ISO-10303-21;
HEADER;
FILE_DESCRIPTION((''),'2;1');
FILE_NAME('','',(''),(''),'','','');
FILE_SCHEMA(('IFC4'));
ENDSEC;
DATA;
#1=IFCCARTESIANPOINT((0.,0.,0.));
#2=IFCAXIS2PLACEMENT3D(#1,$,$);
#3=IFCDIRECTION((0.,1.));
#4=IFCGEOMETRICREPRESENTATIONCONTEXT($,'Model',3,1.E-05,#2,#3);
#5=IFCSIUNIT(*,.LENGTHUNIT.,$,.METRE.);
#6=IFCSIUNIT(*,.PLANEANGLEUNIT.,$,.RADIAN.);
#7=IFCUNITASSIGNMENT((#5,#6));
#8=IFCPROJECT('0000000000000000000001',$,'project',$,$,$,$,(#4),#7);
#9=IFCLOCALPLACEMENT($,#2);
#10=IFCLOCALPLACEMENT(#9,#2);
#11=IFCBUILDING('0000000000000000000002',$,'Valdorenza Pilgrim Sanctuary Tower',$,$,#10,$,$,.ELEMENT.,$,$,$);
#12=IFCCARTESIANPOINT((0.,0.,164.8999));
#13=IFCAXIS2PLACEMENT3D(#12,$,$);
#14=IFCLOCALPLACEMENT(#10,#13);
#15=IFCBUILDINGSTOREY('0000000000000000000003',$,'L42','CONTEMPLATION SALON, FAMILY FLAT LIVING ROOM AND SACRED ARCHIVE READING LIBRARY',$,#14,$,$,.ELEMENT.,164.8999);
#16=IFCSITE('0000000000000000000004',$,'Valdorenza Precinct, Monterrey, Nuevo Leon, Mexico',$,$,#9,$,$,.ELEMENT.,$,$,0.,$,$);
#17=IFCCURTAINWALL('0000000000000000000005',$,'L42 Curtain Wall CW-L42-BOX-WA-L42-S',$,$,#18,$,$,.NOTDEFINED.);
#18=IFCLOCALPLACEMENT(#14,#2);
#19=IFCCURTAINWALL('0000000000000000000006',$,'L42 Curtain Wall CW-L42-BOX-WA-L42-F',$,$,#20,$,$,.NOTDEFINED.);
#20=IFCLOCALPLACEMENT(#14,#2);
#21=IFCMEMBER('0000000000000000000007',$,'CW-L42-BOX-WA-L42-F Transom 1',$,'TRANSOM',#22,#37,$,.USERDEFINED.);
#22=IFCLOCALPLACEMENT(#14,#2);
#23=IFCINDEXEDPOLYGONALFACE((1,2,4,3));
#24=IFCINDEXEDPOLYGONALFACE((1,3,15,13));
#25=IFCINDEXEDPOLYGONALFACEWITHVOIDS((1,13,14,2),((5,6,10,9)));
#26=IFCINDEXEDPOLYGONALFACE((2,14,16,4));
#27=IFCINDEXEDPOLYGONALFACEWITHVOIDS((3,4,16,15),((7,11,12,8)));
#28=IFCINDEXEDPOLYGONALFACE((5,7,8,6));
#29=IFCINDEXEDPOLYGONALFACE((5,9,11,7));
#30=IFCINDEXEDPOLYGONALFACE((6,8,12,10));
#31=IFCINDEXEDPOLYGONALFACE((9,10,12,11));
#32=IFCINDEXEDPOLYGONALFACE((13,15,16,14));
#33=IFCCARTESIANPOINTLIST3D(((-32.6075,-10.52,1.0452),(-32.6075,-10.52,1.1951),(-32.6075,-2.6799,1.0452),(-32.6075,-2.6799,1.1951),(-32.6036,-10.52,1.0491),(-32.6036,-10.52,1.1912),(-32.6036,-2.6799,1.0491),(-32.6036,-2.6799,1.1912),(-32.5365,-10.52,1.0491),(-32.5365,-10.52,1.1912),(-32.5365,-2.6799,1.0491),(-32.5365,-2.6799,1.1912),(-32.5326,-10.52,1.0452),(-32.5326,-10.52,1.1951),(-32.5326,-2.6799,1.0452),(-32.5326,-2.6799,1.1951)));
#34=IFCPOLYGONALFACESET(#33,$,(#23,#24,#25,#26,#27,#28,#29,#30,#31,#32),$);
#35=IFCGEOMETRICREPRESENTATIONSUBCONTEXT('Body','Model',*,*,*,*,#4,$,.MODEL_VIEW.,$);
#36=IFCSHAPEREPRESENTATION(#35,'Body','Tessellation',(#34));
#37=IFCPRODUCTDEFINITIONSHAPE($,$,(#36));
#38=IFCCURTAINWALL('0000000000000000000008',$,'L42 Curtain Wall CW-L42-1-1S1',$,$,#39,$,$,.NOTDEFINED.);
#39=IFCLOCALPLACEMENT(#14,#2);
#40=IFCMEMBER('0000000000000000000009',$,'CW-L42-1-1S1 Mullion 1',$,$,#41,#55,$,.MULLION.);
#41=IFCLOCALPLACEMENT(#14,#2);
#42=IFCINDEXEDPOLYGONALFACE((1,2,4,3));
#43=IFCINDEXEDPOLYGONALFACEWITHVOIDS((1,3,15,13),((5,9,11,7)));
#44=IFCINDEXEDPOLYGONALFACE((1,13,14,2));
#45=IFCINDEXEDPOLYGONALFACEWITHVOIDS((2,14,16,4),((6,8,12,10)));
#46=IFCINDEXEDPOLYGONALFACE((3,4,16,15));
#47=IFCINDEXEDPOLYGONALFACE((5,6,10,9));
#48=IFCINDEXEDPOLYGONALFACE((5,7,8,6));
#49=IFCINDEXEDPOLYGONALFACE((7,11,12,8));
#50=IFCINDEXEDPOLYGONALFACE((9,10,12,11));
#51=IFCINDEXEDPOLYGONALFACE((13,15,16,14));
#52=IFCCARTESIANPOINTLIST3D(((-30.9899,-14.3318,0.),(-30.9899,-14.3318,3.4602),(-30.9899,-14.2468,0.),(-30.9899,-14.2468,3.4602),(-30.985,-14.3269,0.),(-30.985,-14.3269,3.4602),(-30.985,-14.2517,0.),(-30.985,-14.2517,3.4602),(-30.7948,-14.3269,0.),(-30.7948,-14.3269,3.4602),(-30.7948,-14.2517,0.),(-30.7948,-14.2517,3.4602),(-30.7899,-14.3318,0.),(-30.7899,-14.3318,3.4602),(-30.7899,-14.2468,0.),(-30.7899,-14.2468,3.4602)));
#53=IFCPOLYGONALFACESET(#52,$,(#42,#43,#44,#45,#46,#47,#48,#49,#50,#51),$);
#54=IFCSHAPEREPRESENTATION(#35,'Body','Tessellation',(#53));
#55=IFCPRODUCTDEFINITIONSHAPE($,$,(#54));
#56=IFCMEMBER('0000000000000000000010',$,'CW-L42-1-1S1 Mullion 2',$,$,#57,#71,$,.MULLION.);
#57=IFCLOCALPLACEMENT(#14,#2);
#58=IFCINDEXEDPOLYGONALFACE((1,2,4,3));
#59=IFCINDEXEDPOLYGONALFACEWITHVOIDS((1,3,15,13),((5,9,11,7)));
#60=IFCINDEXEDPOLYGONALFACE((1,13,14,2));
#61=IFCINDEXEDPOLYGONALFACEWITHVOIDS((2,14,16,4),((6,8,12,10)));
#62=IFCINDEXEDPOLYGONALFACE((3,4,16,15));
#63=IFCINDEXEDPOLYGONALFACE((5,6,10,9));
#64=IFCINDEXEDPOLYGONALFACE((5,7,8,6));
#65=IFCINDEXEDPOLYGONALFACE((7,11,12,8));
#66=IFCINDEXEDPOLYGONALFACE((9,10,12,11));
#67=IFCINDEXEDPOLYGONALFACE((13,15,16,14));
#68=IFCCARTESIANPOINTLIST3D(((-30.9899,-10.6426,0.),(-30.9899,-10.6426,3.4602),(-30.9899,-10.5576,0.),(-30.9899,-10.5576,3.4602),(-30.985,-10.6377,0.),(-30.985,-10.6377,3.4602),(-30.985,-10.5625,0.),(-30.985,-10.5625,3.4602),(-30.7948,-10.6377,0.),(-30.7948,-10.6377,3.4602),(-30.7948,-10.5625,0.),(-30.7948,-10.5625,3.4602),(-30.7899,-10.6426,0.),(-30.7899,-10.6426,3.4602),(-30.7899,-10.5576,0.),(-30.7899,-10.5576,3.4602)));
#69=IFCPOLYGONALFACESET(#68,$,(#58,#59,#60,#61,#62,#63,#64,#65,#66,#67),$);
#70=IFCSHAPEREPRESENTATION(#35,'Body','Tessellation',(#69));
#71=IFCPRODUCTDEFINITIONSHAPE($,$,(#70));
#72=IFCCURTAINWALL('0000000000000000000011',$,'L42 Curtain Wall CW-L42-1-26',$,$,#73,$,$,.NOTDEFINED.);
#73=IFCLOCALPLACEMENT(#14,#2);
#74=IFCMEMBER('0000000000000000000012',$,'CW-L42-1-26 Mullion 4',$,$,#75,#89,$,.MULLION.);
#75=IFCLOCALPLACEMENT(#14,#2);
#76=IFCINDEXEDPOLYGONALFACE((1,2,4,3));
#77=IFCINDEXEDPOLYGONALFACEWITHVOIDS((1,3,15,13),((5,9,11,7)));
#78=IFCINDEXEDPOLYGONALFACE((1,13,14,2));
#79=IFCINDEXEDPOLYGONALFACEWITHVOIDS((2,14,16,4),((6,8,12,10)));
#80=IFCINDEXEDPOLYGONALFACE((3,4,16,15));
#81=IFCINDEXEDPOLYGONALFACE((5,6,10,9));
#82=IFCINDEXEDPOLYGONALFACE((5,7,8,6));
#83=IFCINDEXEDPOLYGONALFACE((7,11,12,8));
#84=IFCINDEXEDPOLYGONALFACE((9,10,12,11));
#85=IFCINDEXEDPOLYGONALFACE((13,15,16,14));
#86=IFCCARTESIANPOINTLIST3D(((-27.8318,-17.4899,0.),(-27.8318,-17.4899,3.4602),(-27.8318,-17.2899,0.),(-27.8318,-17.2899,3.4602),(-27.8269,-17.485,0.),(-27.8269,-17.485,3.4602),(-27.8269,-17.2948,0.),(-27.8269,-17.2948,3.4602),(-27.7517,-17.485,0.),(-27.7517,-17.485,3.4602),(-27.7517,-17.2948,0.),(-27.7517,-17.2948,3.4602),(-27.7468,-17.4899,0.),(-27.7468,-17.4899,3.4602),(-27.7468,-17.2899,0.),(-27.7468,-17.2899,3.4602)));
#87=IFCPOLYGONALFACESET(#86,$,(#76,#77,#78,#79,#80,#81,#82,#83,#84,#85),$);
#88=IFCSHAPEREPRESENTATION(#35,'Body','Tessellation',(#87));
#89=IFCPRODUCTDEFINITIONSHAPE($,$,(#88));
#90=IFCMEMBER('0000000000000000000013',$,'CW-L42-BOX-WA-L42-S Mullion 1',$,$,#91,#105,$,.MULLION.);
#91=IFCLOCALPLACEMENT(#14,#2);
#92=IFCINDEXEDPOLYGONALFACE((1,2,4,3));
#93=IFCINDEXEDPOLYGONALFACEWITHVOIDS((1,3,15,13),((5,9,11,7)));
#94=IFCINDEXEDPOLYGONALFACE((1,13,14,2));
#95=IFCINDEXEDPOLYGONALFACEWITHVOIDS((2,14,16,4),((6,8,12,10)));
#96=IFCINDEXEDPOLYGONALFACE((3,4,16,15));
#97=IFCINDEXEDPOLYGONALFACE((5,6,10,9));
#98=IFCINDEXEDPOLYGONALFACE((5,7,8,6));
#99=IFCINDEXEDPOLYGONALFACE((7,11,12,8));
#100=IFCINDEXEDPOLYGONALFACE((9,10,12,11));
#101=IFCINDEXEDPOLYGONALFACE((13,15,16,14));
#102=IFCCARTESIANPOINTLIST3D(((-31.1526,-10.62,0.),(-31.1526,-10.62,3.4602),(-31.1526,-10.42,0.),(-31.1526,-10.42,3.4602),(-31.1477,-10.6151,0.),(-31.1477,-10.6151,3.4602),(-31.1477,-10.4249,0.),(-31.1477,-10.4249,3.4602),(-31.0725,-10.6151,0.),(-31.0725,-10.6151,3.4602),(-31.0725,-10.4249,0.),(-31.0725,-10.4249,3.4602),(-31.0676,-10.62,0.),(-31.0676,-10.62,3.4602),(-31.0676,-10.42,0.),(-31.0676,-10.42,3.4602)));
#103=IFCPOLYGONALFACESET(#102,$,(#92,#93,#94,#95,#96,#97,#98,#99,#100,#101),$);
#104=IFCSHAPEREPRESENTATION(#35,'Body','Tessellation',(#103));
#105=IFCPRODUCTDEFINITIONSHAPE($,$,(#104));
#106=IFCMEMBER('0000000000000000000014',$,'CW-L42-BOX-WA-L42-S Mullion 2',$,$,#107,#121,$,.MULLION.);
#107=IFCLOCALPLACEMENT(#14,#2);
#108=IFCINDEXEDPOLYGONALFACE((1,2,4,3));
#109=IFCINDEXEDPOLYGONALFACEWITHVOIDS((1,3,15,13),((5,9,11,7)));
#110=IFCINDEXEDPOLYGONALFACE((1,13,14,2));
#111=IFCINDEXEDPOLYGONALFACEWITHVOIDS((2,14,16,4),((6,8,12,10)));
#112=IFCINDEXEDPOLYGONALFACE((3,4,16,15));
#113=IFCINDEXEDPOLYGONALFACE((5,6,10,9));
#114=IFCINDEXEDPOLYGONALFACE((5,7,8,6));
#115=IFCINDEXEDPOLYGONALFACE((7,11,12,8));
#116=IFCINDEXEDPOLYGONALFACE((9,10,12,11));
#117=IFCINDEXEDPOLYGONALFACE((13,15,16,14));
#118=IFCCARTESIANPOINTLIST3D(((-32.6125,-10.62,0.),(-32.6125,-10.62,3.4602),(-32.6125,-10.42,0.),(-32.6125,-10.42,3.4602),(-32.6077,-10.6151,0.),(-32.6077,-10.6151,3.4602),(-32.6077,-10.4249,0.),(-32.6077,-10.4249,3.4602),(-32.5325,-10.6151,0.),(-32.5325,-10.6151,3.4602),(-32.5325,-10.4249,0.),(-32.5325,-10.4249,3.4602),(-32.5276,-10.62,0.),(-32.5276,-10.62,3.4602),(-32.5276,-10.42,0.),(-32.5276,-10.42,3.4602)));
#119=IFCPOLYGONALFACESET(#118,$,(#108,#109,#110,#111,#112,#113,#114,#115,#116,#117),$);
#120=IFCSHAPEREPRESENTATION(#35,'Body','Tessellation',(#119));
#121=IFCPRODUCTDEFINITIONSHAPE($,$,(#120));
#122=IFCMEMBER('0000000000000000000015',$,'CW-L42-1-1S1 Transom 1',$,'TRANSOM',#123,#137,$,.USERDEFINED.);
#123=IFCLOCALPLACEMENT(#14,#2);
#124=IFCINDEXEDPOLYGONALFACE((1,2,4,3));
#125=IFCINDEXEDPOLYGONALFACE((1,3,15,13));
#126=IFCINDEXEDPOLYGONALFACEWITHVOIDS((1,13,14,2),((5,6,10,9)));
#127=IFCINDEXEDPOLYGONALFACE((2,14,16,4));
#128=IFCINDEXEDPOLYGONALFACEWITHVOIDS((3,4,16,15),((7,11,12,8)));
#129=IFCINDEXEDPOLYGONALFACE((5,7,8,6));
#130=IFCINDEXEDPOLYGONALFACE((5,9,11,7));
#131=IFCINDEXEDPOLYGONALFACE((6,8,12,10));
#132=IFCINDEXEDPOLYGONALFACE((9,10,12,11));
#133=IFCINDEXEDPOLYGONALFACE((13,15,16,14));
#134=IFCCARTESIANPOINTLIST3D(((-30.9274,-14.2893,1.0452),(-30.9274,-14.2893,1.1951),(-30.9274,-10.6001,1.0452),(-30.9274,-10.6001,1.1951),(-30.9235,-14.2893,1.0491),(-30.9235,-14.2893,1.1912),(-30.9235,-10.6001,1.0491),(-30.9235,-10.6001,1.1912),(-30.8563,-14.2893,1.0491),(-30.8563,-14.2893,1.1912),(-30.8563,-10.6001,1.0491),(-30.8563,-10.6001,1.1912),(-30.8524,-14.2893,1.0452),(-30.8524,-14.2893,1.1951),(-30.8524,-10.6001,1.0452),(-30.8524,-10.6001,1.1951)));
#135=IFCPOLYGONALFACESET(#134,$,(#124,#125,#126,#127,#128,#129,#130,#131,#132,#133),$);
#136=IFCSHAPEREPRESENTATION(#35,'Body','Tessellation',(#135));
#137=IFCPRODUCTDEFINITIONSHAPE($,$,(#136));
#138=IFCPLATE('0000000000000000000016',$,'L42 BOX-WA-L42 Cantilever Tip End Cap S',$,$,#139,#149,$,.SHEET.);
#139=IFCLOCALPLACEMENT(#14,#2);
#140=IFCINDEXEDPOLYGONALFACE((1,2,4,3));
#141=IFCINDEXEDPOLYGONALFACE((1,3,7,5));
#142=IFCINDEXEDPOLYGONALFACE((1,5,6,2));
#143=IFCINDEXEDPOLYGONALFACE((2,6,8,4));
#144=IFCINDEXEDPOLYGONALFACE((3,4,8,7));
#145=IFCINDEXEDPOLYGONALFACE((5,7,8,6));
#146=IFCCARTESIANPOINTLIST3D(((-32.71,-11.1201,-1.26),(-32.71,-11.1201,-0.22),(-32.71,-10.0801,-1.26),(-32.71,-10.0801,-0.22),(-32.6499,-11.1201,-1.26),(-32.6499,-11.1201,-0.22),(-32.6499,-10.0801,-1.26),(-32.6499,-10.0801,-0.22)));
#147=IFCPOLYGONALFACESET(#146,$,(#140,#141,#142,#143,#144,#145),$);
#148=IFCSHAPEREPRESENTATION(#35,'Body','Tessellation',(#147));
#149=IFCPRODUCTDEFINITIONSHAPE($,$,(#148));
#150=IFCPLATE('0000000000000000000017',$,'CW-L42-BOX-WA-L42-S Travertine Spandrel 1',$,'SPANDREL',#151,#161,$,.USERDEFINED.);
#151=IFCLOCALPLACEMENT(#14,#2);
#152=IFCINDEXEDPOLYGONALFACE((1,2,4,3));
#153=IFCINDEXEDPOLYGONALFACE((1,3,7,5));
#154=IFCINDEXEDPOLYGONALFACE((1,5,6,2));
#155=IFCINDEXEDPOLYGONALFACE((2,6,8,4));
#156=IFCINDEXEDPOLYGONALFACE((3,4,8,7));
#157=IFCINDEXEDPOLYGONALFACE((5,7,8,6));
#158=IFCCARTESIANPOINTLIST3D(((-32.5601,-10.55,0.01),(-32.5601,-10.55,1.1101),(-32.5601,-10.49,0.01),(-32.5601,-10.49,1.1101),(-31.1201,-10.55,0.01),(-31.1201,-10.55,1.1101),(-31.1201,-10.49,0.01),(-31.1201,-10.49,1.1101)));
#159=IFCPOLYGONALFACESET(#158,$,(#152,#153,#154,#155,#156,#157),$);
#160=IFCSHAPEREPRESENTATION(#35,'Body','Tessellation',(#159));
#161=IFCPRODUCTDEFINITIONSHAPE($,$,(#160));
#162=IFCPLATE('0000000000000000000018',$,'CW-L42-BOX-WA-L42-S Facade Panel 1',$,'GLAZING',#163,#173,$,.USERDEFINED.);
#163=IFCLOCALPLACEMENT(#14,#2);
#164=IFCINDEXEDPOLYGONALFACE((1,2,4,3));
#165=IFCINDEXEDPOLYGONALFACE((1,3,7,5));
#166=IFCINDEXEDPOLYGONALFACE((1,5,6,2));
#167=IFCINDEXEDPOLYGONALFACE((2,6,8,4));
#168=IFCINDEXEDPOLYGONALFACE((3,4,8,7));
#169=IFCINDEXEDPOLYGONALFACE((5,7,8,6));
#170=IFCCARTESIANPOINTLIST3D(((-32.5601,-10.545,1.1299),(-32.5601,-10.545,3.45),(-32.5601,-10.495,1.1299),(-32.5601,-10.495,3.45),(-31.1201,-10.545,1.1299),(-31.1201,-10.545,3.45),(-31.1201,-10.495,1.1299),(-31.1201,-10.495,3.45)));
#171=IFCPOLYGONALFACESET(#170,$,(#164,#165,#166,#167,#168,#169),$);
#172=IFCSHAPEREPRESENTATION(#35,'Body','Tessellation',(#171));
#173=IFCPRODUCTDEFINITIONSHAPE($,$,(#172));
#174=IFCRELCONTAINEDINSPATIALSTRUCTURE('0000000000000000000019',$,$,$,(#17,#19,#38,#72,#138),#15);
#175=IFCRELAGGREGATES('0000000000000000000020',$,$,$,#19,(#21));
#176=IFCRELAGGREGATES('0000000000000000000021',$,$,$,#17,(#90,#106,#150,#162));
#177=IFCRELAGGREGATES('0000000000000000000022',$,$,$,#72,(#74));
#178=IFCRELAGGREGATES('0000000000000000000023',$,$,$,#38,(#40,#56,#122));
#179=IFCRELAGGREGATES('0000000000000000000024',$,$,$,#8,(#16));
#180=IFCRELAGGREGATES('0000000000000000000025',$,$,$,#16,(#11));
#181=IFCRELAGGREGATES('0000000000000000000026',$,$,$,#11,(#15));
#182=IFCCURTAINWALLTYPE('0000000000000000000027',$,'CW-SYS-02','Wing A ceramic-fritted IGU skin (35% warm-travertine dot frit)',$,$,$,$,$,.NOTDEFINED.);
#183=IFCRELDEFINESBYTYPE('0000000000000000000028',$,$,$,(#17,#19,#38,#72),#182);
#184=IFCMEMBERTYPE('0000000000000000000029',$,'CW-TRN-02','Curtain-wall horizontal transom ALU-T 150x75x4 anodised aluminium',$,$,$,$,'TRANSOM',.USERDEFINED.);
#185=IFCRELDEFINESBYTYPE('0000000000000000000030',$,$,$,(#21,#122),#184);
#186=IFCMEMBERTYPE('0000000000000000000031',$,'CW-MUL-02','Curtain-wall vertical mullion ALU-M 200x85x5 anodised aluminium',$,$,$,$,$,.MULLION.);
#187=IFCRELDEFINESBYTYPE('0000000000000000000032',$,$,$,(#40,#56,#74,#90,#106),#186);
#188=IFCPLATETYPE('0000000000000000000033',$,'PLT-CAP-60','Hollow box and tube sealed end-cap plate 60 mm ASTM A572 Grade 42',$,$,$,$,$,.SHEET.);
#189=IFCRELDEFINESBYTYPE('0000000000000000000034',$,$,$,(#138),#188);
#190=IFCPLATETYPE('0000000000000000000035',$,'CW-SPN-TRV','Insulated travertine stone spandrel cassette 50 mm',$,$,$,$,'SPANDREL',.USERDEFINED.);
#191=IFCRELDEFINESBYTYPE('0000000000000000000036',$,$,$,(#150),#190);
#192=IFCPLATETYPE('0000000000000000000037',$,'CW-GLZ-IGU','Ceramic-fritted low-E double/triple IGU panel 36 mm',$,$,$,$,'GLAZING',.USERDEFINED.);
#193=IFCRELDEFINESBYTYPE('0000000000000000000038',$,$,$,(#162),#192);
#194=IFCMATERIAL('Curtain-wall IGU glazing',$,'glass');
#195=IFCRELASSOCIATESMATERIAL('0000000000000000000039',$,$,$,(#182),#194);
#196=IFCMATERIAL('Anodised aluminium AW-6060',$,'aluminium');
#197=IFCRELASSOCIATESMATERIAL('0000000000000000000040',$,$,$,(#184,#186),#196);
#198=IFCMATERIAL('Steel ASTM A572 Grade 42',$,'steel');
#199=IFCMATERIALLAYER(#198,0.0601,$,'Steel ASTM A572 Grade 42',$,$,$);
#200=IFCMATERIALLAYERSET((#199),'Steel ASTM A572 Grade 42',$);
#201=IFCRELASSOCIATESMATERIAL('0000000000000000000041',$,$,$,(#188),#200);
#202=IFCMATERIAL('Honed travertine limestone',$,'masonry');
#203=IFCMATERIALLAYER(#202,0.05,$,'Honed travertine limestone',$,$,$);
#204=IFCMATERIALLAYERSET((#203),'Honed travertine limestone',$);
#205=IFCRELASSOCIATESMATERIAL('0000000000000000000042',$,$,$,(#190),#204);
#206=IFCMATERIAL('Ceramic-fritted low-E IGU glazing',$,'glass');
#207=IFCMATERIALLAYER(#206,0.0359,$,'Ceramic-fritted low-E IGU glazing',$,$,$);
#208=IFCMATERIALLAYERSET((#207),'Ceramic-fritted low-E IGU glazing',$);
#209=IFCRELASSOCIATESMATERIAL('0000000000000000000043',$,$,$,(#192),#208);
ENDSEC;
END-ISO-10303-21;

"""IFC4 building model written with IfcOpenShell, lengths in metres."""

from ifc_helpers import new_model, si_unit, direction, frame, origin, origin_2d, place, context, subcontext, project, spatial, rectangle, hollow_rectangle, extrude, source, transform, mapped, material, layer, layer_set, material_profile, profile_set, type_object, element, aggregate, save


model = new_model("IFC4")

# Units and contexts
model_context = context("Model", 3, precision=1e-05, world=origin(), true_north=direction((0.0, 1.0)))
body_context = subcontext(model_context, "Body", "Model", "MODEL_VIEW")
ifc_project = project(units=[si_unit("LENGTHUNIT", "METRE"), si_unit("PLANEANGLEUNIT", "RADIAN")], contexts=[model_context])

# Site, building, storey
site_placement = place(None, origin())
site = spatial("IfcSite", under=ifc_project, at=site_placement, Name="Valdorenza Precinct, Monterrey, Nuevo Leon, Mexico", CompositionType="ELEMENT", RefElevation=0.0)
building_placement = place(site_placement, origin())
building = spatial("IfcBuilding", under=site, at=building_placement, Name="Valdorenza Pilgrim Sanctuary Tower", CompositionType="ELEMENT")
storey_placement = place(building_placement, frame((0.0, 0.0, 164.8999)))
storey = spatial("IfcBuildingStorey", under=building, at=storey_placement, Name="L42", Description="CONTEMPLATION SALON, FAMILY FLAT LIVING ROOM AND SACRED ARCHIVE READING LIBRARY", CompositionType="ELEMENT", Elevation=164.8999)

# Shared definitions
ifc_material_1 = material(Name="Steel ASTM A572 Grade 42", Category="steel")

# Curtain walls, member
ifc_material_2 = material(Name="Curtain-wall IGU glazing", Category="glass")
curtain_wall_type = type_object("IfcCurtainWallType", Name="CW-SYS-02", Description="Wing A ceramic-fritted IGU skin (35% warm-travertine dot frit)", PredefinedType="NOTDEFINED", material=ifc_material_2)
curtain_wall_1_placement = place(storey_placement, origin())
curtain_wall_1 = element("IfcCurtainWall", 1, at=curtain_wall_1_placement, inside=storey, type_object=curtain_wall_type, Name="L42 Curtain Wall CW-L42-BOX-WA-L42-S", PredefinedType="NOTDEFINED")
ifc_material_3 = material(Name="Anodised aluminium AW-6060", Category="aluminium")
ifc_material_profile_1 = material_profile(ifc_material_3, hollow_rectangle(XDim=0.075, YDim=0.1499, WallThickness=0.0039, at=origin_2d()), Name="ALU-T 150x75x4")
ifc_profile_set_1 = profile_set([ifc_material_profile_1], Name="Anodised aluminium AW-6060")
member_type_1 = type_object("IfcMemberType", Name="CW-TRN-02", Description="Curtain-wall horizontal transom ALU-T 150x75x4 anodised aluminium", ElementType="TRANSOM", PredefinedType="USERDEFINED", material=ifc_profile_set_1)
curtain_wall_2_placement = place(storey_placement, origin())
curtain_wall_2 = element("IfcCurtainWall", 2, at=curtain_wall_2_placement, inside=storey, type_object=curtain_wall_type, Name="L42 Curtain Wall CW-L42-BOX-WA-L42-F", PredefinedType="NOTDEFINED")
shared_shape_1 = source(origin(), body_context, "Body", "SweptSolid", [
    extrude(hollow_rectangle(XDim=0.075, YDim=0.1499, WallThickness=0.0039, at=origin_2d()), origin(), (0.0, 0.0, 1.0), 7.8401),
])
member_1_placement = place(storey_placement, frame((-32.5701, -10.52, 1.1201), z_axis=(0.0, 1.0, 0.0), x_axis=(-1.0, 0.0, 0.0)))
member_1 = element("IfcMember", 3, at=member_1_placement, type_object=member_type_1, Name="CW-L42-BOX-WA-L42-F Transom 1", ObjectType="TRANSOM", PredefinedType="USERDEFINED", context=body_context, shape_type="MappedRepresentation", body=[
    mapped(shared_shape_1, transform((0.0, 0.0, 0.0), x_axis=(1.0, 0.0, 0.0), y_axis=(0.0, 1.0, 0.0), z_axis=(0.0, 0.0, 1.0), scale=1.0)),
])
aggregate(curtain_wall_2, [member_1])

# Curtain wall, members
curtain_wall_3_placement = place(storey_placement, origin())
curtain_wall_3 = element("IfcCurtainWall", 4, at=curtain_wall_3_placement, inside=storey, type_object=curtain_wall_type, Name="L42 Curtain Wall CW-L42-1-1S1", PredefinedType="NOTDEFINED")
ifc_material_profile_2 = material_profile(ifc_material_3, hollow_rectangle(XDim=0.085, YDim=0.2, WallThickness=0.0049, at=origin_2d()), Name="ALU-M 200x85x5")
ifc_profile_set_2 = profile_set([ifc_material_profile_2], Name="Anodised aluminium AW-6060")
member_type_2 = type_object("IfcMemberType", Name="CW-MUL-02", Description="Curtain-wall vertical mullion ALU-M 200x85x5 anodised aluminium", PredefinedType="MULLION", material=ifc_profile_set_2)
shared_shape_2 = source(origin(), body_context, "Body", "SweptSolid", [
    extrude(hollow_rectangle(XDim=0.085, YDim=0.2, WallThickness=0.0049, at=origin_2d()), origin(), (0.0, 0.0, 1.0), 3.4602),
])
member_2_placement = place(storey_placement, frame((-30.8899, -14.2893, 0.0), z_axis=(0.0, 0.0, 1.0), x_axis=(0.0, 1.0, 0.0)))
member_2 = element("IfcMember", 5, at=member_2_placement, type_object=member_type_2, Name="CW-L42-1-1S1 Mullion 1", PredefinedType="MULLION", context=body_context, shape_type="MappedRepresentation", body=[
    mapped(shared_shape_2, transform((0.0, 0.0, 0.0), x_axis=(1.0, 0.0, 0.0), y_axis=(0.0, 1.0, 0.0), z_axis=(0.0, 0.0, 1.0), scale=1.0)),
])
member_3_placement = place(storey_placement, frame((-30.8899, -10.6001, 0.0), z_axis=(0.0, 0.0, 1.0), x_axis=(0.0, 1.0, 0.0)))
member_3 = element("IfcMember", 6, at=member_3_placement, type_object=member_type_2, Name="CW-L42-1-1S1 Mullion 2", PredefinedType="MULLION", context=body_context, shape_type="MappedRepresentation", body=[
    mapped(shared_shape_2, transform((0.0, 0.0, 0.0), x_axis=(1.0, 0.0, 0.0), y_axis=(0.0, 1.0, 0.0), z_axis=(0.0, 0.0, 1.0), scale=1.0)),
])

# Curtain wall, member
curtain_wall_4_placement = place(storey_placement, origin())
curtain_wall_4 = element("IfcCurtainWall", 7, at=curtain_wall_4_placement, inside=storey, type_object=curtain_wall_type, Name="L42 Curtain Wall CW-L42-1-26", PredefinedType="NOTDEFINED")
member_4_placement = place(storey_placement, frame((-27.7893, -17.3899, 0.0), z_axis=(0.0, 0.0, 1.0), x_axis=(-1.0, 0.0, 0.0)))
member_4 = element("IfcMember", 8, at=member_4_placement, type_object=member_type_2, Name="CW-L42-1-26 Mullion 4", PredefinedType="MULLION", context=body_context, shape_type="MappedRepresentation", body=[
    mapped(shared_shape_2, transform((0.0, 0.0, 0.0), x_axis=(1.0, 0.0, 0.0), y_axis=(0.0, 1.0, 0.0), z_axis=(0.0, 0.0, 1.0), scale=1.0)),
])

# Members
member_5_placement = place(storey_placement, frame((-31.1101, -10.52, 0.0), z_axis=(0.0, 0.0, 1.0), x_axis=(-1.0, 0.0, 0.0)))
member_5 = element("IfcMember", 9, at=member_5_placement, type_object=member_type_2, Name="CW-L42-BOX-WA-L42-S Mullion 1", PredefinedType="MULLION", context=body_context, shape_type="MappedRepresentation", body=[
    mapped(shared_shape_2, transform((0.0, 0.0, 0.0), x_axis=(1.0, 0.0, 0.0), y_axis=(0.0, 1.0, 0.0), z_axis=(0.0, 0.0, 1.0), scale=1.0)),
])
member_6_placement = place(storey_placement, frame((-32.5701, -10.52, 0.0), z_axis=(0.0, 0.0, 1.0), x_axis=(-1.0, 0.0, 0.0)))
member_6 = element("IfcMember", 10, at=member_6_placement, type_object=member_type_2, Name="CW-L42-BOX-WA-L42-S Mullion 2", PredefinedType="MULLION", context=body_context, shape_type="MappedRepresentation", body=[
    mapped(shared_shape_2, transform((0.0, 0.0, 0.0), x_axis=(1.0, 0.0, 0.0), y_axis=(0.0, 1.0, 0.0), z_axis=(0.0, 0.0, 1.0), scale=1.0)),
])
shared_shape_3 = source(origin(), body_context, "Body", "SweptSolid", [
    extrude(hollow_rectangle(XDim=0.075, YDim=0.1499, WallThickness=0.0039, at=origin_2d()), origin(), (0.0, 0.0, 1.0), 3.6892),
])
member_7_placement = place(storey_placement, frame((-30.8899, -14.2893, 1.1201), z_axis=(0.0, 1.0, 0.0), x_axis=(-1.0, 0.0, 0.0)))
member_7 = element("IfcMember", 11, at=member_7_placement, type_object=member_type_1, Name="CW-L42-1-1S1 Transom 1", ObjectType="TRANSOM", PredefinedType="USERDEFINED", context=body_context, shape_type="MappedRepresentation", body=[
    mapped(shared_shape_3, transform((0.0, 0.0, 0.0), x_axis=(1.0, 0.0, 0.0), y_axis=(0.0, 1.0, 0.0), z_axis=(0.0, 0.0, 1.0), scale=1.0)),
])

# Plates
ifc_layer_1 = layer(ifc_material_1, 0.0601, Name="Steel ASTM A572 Grade 42")
ifc_layer_set_1 = layer_set([ifc_layer_1], Name="Steel ASTM A572 Grade 42")
plate_type_1 = type_object("IfcPlateType", Name="PLT-CAP-60", Description="Hollow box and tube sealed end-cap plate 60 mm ASTM A572 Grade 42", PredefinedType="SHEET", material=ifc_layer_set_1)
shared_shape_4 = source(origin(), body_context, "Body", "SweptSolid", [
    extrude(rectangle(XDim=0.0601, YDim=1.04, at=origin_2d()), origin(), (0.0, 0.0, 1.0), 1.04),
])
plate_1_placement = place(storey_placement, frame((-32.6799, -10.6001, -1.26), z_axis=(0.0, 0.0, 1.0), x_axis=(1.0, 0.0, 0.0)))
element("IfcPlate", 12, at=plate_1_placement, inside=storey, type_object=plate_type_1, Name="L42 BOX-WA-L42 Cantilever Tip End Cap S", PredefinedType="SHEET", context=body_context, shape_type="MappedRepresentation", body=[
    mapped(shared_shape_4, transform((0.0, 0.0, 0.0), x_axis=(1.0, 0.0, 0.0), y_axis=(0.0, 1.0, 0.0), z_axis=(0.0, 0.0, 1.0), scale=1.0)),
])
ifc_material_4 = material(Name="Honed travertine limestone", Category="masonry")
ifc_layer_2 = layer(ifc_material_4, 0.05, Name="Honed travertine limestone")
ifc_layer_set_2 = layer_set([ifc_layer_2], Name="Honed travertine limestone")
plate_type_2 = type_object("IfcPlateType", Name="CW-SPN-TRV", Description="Insulated travertine stone spandrel cassette 50 mm", ElementType="SPANDREL", PredefinedType="USERDEFINED", material=ifc_layer_set_2)
shared_shape_5 = source(origin(), body_context, "Body", "SweptSolid", [
    extrude(rectangle(XDim=1.4399, YDim=0.0601, at=origin_2d()), origin(), (0.0, 0.0, 1.0), 1.1001),
])
plate_2_placement = place(storey_placement, frame((-31.8401, -10.52, 0.01), z_axis=(0.0, 0.0, 1.0), x_axis=(-1.0, 0.0, 0.0)))
plate_2 = element("IfcPlate", 13, at=plate_2_placement, type_object=plate_type_2, Name="CW-L42-BOX-WA-L42-S Travertine Spandrel 1", ObjectType="SPANDREL", PredefinedType="USERDEFINED", context=body_context, shape_type="MappedRepresentation", body=[
    mapped(shared_shape_5, transform((0.0, 0.0, 0.0), x_axis=(1.0, 0.0, 0.0), y_axis=(0.0, 1.0, 0.0), z_axis=(0.0, 0.0, 1.0), scale=1.0)),
])
ifc_material_5 = material(Name="Ceramic-fritted low-E IGU glazing", Category="glass")
ifc_layer_3 = layer(ifc_material_5, 0.0359, Name="Ceramic-fritted low-E IGU glazing")
ifc_layer_set_3 = layer_set([ifc_layer_3], Name="Ceramic-fritted low-E IGU glazing")
plate_type_3 = type_object("IfcPlateType", Name="CW-GLZ-IGU", Description="Ceramic-fritted low-E double/triple IGU panel 36 mm", ElementType="GLAZING", PredefinedType="USERDEFINED", material=ifc_layer_set_3)
shared_shape_6 = source(origin(), body_context, "Body", "SweptSolid", [
    extrude(rectangle(XDim=1.4399, YDim=0.05, at=origin_2d()), origin(), (0.0, 0.0, 1.0), 2.3201),
])
plate_3_placement = place(storey_placement, frame((-31.8401, -10.52, 1.1299), z_axis=(0.0, 0.0, 1.0), x_axis=(-1.0, 0.0, 0.0)))
plate_3 = element("IfcPlate", 14, at=plate_3_placement, type_object=plate_type_3, Name="CW-L42-BOX-WA-L42-S Facade Panel 1", ObjectType="GLAZING", PredefinedType="USERDEFINED", context=body_context, shape_type="MappedRepresentation", body=[
    mapped(shared_shape_6, transform((0.0, 0.0, 0.0), x_axis=(1.0, 0.0, 0.0), y_axis=(0.0, 1.0, 0.0), z_axis=(0.0, 0.0, 1.0), scale=1.0)),
])
aggregate(curtain_wall_1, [member_5, member_6, plate_2, plate_3])
aggregate(curtain_wall_4, [member_4])
aggregate(curtain_wall_3, [member_2, member_3, member_7])

save(model, "model.ifc")
